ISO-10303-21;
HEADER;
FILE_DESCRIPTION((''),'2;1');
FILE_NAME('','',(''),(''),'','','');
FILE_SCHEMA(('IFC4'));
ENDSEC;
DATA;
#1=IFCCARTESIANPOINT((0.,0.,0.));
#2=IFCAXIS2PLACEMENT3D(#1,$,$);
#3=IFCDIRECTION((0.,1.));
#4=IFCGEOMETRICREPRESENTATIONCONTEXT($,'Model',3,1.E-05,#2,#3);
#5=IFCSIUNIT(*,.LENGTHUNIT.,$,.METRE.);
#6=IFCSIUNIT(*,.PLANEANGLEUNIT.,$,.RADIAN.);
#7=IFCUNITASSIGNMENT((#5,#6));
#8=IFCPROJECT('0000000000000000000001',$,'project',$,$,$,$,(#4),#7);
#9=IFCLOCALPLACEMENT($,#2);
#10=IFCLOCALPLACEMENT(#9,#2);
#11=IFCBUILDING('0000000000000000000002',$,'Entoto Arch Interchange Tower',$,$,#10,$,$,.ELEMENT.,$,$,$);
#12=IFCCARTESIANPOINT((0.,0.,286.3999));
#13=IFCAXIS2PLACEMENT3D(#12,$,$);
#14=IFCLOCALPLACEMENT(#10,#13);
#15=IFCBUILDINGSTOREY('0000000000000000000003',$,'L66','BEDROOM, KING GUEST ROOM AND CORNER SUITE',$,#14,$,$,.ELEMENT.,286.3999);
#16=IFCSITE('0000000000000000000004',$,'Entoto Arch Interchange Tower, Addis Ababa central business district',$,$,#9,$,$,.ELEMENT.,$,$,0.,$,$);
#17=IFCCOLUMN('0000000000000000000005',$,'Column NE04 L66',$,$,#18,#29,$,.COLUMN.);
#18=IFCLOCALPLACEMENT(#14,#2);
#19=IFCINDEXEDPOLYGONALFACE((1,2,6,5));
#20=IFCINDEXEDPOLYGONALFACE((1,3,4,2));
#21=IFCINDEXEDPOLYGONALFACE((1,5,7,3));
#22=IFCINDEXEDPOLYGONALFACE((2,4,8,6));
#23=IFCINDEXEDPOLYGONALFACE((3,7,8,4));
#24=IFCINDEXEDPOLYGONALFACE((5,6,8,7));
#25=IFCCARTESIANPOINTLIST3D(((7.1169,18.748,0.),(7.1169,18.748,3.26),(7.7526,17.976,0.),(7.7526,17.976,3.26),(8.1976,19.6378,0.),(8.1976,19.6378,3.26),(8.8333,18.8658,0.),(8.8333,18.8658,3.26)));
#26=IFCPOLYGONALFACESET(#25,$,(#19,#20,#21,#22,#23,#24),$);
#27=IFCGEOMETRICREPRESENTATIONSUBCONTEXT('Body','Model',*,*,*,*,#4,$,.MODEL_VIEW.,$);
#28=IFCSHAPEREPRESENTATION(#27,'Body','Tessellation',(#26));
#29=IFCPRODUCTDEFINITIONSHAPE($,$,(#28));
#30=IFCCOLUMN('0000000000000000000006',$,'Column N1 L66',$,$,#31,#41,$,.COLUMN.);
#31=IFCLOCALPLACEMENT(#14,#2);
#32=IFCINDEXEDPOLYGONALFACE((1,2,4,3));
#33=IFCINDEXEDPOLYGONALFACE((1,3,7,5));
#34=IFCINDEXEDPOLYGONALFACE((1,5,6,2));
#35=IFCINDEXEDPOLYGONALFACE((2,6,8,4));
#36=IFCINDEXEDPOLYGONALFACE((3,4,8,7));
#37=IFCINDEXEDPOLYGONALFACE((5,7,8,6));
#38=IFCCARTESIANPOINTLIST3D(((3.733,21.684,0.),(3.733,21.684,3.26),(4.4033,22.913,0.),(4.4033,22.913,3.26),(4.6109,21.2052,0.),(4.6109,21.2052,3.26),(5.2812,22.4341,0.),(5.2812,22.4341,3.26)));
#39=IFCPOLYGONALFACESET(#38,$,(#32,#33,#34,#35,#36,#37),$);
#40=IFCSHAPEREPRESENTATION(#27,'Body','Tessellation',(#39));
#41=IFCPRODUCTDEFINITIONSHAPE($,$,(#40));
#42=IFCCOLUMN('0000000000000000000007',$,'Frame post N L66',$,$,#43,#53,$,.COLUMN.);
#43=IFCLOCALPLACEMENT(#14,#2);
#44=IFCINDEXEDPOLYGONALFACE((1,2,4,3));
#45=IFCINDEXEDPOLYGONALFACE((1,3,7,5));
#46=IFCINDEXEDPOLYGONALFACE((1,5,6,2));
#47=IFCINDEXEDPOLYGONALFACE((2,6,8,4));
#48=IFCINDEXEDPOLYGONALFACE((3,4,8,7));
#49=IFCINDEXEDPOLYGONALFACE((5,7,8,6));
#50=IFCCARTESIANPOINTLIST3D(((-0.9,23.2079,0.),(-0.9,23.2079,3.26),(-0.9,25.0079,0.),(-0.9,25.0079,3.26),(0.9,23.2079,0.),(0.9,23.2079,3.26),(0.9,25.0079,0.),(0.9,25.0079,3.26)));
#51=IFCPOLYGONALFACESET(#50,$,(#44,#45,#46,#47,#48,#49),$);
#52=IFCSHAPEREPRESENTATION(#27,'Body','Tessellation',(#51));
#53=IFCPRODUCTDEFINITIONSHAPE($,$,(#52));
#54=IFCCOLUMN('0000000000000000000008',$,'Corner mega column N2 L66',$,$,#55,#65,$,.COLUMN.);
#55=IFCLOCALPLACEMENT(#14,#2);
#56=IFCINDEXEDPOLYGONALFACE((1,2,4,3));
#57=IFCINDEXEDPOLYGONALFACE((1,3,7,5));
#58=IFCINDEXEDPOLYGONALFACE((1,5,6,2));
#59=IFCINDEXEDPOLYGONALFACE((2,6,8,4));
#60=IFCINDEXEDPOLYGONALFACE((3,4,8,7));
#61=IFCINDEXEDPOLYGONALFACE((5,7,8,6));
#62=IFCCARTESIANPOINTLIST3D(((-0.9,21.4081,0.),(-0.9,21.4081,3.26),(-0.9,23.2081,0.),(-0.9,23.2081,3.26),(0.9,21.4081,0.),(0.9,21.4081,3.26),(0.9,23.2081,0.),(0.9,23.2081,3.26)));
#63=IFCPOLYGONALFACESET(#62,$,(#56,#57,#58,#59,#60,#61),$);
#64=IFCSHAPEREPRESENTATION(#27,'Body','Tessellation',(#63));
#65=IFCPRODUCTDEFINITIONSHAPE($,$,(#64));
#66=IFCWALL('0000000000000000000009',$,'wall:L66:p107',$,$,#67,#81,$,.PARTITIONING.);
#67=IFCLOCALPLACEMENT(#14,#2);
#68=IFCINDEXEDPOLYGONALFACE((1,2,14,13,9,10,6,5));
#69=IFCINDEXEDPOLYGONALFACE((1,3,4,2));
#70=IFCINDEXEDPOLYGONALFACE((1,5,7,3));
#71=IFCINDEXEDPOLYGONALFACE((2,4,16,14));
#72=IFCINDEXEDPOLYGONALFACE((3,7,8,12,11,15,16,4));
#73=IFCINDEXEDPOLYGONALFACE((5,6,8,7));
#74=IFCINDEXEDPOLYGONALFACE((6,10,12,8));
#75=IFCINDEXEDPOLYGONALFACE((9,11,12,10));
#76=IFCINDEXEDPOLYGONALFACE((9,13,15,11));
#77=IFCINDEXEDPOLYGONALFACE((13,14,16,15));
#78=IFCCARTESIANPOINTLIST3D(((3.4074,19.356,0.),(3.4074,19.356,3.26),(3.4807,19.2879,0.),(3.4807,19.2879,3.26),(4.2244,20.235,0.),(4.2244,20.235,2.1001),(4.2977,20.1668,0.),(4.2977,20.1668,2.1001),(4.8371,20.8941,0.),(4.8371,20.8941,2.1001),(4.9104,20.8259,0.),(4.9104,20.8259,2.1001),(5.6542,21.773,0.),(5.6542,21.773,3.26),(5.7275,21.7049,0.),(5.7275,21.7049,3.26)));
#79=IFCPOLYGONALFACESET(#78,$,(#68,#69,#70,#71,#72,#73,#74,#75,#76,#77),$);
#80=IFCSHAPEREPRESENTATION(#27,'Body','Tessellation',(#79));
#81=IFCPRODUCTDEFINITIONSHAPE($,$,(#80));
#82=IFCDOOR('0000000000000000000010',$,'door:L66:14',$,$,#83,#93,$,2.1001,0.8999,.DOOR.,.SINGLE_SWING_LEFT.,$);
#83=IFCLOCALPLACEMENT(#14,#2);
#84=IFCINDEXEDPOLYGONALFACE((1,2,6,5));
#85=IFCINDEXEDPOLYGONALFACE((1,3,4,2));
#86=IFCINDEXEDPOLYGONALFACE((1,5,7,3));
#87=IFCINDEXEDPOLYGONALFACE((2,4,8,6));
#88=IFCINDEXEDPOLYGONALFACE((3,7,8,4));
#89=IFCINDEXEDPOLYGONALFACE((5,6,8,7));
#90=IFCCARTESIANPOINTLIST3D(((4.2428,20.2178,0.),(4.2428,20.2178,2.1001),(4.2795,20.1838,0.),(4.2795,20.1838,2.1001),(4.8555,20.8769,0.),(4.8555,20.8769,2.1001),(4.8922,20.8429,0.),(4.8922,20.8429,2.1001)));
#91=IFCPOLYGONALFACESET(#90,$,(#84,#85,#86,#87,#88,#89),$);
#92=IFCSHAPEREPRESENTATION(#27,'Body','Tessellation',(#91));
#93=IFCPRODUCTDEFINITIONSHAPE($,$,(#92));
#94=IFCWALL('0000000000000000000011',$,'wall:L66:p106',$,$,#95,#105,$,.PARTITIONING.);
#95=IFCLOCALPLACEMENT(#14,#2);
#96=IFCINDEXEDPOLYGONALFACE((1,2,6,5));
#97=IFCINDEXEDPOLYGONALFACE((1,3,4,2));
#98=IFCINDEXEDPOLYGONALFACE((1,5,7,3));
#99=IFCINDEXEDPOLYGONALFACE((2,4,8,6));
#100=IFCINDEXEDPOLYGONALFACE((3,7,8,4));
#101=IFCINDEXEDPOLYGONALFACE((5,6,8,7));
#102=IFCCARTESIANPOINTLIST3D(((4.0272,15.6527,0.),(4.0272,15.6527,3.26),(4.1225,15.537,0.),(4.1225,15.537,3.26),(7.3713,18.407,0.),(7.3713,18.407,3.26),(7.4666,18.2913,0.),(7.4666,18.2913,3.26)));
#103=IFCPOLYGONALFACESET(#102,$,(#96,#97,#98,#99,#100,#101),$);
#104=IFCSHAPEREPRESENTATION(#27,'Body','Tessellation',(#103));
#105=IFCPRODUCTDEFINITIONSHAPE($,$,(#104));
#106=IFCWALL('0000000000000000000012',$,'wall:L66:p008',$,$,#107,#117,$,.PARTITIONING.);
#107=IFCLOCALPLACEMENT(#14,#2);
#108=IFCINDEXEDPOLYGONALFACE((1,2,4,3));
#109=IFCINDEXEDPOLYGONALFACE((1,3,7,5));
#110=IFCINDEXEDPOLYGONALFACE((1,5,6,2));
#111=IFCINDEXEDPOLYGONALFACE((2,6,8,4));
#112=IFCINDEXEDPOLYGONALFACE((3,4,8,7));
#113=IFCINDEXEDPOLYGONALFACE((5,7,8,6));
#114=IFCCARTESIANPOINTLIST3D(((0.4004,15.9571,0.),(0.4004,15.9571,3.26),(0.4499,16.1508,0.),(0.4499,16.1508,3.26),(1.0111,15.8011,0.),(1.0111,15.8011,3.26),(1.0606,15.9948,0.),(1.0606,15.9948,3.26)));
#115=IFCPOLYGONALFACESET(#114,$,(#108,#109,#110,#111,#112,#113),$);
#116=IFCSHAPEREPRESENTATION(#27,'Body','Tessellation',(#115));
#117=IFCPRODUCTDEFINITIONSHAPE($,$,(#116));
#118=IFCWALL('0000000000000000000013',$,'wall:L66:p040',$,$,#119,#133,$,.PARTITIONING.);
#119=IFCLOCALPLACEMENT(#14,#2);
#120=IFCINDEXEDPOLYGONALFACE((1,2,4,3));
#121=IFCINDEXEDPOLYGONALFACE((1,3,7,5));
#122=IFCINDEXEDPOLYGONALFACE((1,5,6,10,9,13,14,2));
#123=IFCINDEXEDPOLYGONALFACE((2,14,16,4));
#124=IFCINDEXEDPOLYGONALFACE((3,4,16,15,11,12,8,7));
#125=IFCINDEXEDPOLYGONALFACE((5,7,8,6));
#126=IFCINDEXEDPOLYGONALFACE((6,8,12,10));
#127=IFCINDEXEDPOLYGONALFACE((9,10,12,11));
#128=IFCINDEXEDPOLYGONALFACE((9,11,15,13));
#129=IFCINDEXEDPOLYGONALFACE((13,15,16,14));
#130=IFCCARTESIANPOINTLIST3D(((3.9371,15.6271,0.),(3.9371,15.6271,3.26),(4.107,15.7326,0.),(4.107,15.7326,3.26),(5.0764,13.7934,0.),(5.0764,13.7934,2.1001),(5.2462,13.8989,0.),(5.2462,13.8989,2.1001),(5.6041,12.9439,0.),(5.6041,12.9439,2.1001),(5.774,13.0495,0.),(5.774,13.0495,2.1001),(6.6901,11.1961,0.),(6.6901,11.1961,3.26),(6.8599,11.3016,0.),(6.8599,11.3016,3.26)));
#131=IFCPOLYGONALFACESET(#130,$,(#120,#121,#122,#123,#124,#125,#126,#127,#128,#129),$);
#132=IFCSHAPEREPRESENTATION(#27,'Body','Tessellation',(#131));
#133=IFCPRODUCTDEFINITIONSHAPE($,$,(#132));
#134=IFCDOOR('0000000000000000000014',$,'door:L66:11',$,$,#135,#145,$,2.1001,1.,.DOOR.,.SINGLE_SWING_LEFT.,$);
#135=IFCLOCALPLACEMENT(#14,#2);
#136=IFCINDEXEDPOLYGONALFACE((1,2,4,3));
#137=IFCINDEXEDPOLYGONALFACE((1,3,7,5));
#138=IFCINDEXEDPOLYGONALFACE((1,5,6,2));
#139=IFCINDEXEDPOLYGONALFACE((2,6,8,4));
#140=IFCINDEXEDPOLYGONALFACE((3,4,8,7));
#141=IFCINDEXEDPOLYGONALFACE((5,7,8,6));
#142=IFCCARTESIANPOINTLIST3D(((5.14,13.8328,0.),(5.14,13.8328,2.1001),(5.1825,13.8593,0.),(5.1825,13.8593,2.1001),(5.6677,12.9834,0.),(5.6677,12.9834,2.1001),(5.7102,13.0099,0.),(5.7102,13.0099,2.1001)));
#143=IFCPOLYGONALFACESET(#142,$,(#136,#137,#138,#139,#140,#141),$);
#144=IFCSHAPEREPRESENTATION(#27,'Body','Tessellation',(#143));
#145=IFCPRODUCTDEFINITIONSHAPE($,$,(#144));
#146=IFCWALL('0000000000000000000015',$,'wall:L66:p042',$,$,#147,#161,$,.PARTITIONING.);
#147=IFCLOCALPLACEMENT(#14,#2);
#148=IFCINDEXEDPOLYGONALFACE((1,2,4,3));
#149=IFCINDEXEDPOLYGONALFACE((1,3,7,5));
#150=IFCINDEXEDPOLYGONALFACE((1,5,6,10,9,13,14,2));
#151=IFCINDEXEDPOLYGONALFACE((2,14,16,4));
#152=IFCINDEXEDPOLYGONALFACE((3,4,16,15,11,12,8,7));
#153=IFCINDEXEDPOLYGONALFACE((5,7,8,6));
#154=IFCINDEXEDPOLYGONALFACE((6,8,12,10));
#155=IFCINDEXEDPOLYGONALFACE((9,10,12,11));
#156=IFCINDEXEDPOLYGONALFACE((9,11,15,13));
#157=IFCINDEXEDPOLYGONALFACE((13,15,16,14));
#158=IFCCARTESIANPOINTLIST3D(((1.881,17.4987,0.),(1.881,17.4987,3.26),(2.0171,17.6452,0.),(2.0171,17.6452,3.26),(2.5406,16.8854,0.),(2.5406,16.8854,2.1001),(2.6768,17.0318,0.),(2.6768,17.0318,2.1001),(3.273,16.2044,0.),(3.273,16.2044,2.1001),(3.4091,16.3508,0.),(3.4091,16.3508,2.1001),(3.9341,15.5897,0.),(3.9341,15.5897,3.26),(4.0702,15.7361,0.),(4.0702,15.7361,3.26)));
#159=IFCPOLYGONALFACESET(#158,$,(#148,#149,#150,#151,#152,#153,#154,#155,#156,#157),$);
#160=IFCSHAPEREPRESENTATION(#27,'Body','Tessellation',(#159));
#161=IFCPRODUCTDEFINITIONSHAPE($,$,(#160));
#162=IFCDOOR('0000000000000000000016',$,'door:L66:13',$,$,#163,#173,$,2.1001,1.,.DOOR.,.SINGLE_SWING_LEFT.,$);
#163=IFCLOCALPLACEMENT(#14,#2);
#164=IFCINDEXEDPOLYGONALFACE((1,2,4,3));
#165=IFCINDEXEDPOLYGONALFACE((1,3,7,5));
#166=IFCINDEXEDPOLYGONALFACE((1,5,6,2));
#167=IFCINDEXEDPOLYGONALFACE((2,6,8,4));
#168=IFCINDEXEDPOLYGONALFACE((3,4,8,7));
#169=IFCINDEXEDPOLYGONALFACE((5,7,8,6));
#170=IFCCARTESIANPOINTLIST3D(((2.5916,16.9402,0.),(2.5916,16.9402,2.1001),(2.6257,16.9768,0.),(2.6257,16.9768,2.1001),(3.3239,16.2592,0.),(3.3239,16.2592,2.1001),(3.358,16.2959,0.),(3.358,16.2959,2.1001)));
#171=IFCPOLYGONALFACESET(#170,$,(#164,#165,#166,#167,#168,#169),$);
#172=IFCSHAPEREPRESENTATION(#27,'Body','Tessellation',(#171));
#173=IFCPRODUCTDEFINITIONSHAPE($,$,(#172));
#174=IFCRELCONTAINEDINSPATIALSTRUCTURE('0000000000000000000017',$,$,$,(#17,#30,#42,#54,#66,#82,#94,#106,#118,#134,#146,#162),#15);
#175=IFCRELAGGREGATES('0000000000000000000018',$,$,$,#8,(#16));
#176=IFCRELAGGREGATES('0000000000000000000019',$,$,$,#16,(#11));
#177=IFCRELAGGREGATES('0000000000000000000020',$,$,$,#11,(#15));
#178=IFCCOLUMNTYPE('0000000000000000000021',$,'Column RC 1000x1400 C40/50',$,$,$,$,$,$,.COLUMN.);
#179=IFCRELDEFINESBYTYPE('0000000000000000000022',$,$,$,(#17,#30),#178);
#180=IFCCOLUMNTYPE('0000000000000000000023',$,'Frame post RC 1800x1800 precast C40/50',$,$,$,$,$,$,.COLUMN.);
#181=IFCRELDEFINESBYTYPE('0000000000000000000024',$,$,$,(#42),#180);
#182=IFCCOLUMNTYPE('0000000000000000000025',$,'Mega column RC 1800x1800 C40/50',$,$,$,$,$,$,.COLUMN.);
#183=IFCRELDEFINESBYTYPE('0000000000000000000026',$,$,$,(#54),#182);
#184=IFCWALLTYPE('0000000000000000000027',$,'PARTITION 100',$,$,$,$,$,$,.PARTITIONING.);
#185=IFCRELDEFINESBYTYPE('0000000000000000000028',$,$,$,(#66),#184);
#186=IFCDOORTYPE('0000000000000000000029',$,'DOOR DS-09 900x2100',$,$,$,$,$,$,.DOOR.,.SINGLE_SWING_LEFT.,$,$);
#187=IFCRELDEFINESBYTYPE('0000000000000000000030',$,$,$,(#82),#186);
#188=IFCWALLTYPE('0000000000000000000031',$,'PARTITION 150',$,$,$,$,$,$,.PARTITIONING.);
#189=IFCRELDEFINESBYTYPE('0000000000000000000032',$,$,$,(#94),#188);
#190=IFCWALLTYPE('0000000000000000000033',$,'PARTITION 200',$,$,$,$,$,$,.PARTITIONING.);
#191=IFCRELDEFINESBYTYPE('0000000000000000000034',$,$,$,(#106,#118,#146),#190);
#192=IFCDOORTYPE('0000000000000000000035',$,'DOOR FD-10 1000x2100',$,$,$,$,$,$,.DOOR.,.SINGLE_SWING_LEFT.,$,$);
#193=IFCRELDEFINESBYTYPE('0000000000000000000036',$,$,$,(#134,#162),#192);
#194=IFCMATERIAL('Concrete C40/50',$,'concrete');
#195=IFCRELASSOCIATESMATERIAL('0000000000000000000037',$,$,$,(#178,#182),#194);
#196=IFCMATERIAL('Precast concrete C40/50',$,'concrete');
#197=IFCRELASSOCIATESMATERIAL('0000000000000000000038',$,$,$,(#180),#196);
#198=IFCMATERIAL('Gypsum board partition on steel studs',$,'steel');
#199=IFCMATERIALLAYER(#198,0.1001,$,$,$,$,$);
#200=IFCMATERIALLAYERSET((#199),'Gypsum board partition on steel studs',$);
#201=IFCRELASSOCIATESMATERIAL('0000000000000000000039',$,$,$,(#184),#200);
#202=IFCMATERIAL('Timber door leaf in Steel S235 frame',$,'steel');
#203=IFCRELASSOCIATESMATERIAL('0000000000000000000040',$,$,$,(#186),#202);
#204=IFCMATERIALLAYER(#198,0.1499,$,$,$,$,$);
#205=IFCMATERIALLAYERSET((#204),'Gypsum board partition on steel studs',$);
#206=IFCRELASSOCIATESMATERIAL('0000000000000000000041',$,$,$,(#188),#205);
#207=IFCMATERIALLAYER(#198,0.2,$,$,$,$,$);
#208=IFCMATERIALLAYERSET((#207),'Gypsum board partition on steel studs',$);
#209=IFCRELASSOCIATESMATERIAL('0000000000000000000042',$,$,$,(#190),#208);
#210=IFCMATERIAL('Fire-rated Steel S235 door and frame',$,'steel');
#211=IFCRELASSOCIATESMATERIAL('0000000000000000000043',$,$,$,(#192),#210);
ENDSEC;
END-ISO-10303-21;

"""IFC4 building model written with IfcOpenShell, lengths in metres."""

from ifc_helpers import new_model, si_unit, direction, frame, frame_2d, origin, origin_2d, place, context, subcontext, project, spatial, rectangle, extrude, material, layer, layer_set, material_profile, profile_set, type_object, element, fill, save


model = new_model("IFC4")

# Units and contexts
model_context = context("Model", 3, precision=1e-05, world=origin(), true_north=direction((0.0, 1.0)))
body_context = subcontext(model_context, "Body", "Model", "MODEL_VIEW")
ifc_project = project(units=[si_unit("LENGTHUNIT", "METRE"), si_unit("PLANEANGLEUNIT", "RADIAN")], contexts=[model_context])

# Site, building, storey
site_placement = place(None, origin())
site = spatial("IfcSite", under=ifc_project, at=site_placement, Name="Entoto Arch Interchange Tower, Addis Ababa central business district", CompositionType="ELEMENT", RefElevation=0.0)
building_placement = place(site_placement, origin())
building = spatial("IfcBuilding", under=site, at=building_placement, Name="Entoto Arch Interchange Tower", CompositionType="ELEMENT")
storey_placement = place(building_placement, frame((0.0, 0.0, 286.3999)))
storey = spatial("IfcBuildingStorey", under=building, at=storey_placement, Name="L66", Description="BEDROOM, KING GUEST ROOM AND CORNER SUITE", CompositionType="ELEMENT", Elevation=286.3999)

# Columns
ifc_material_1 = material(Name="Concrete C40/50", Category="concrete")
ifc_material_profile_1 = material_profile(ifc_material_1, rectangle(XDim=1.0, YDim=1.3999, at=origin_2d()))
ifc_profile_set_1 = profile_set([ifc_material_profile_1], Name="Concrete C40/50")
column_type_1 = type_object("IfcColumnType", Name="Column RC 1000x1400 C40/50", PredefinedType="COLUMN", material=ifc_profile_set_1)
for number, where, z_axis, x_axis, name in (
    (1, (7.9751, 18.8069, 0.0), (0.0, 0.0, 1.0), (-0.635647, 0.77198, 0.0), "Column NE04 L66"),
    (2, (4.5071, 22.0591, 0.0), (0.0, 0.0, 1.0), (-0.877899, 0.478845, 0.0), "Column N1 L66"),
):
    element("IfcColumn", number, at=place(storey_placement, frame(where, z_axis=z_axis, x_axis=x_axis)), inside=storey, type_object=column_type_1, Name=name, PredefinedType="COLUMN", context=body_context, shape_type="SweptSolid", body=[
        extrude(rectangle(XDim=1.0, YDim=1.3999, at=origin_2d()), origin(), (0.0, 0.0, 1.0), 3.26),
    ])
ifc_material_2 = material(Name="Precast concrete C40/50", Category="concrete")
ifc_material_profile_2 = material_profile(ifc_material_2, rectangle(XDim=1.8, YDim=1.8, at=origin_2d()))
ifc_profile_set_2 = profile_set([ifc_material_profile_2], Name="Precast concrete C40/50")
column_type_2 = type_object("IfcColumnType", Name="Frame post RC 1800x1800 precast C40/50", PredefinedType="COLUMN", material=ifc_profile_set_2)
column_1_placement = place(storey_placement, frame((0.0, 24.1079, 0.0), z_axis=(0.0, 0.0, 1.0), x_axis=(0.0, 1.0, 0.0)))
element("IfcColumn", 3, at=column_1_placement, inside=storey, type_object=column_type_2, Name="Frame post N L66", PredefinedType="COLUMN", context=body_context, shape_type="SweptSolid", body=[
    extrude(rectangle(XDim=1.8, YDim=1.8, at=origin_2d()), origin(), (0.0, 0.0, 1.0), 3.26),
])
ifc_material_profile_3 = material_profile(ifc_material_1, rectangle(XDim=1.8, YDim=1.8, at=origin_2d()))
ifc_profile_set_3 = profile_set([ifc_material_profile_3], Name="Concrete C40/50")
column_type_3 = type_object("IfcColumnType", Name="Mega column RC 1800x1800 C40/50", PredefinedType="COLUMN", material=ifc_profile_set_3)
column_2_placement = place(storey_placement, frame((0.0, 22.3081, 0.0), z_axis=(0.0, 0.0, 1.0), x_axis=(0.0, 1.0, 0.0)))
element("IfcColumn", 4, at=column_2_placement, inside=storey, type_object=column_type_3, Name="Corner mega column N2 L66", PredefinedType="COLUMN", context=body_context, shape_type="SweptSolid", body=[
    extrude(rectangle(XDim=1.8, YDim=1.8, at=origin_2d()), origin(), (0.0, 0.0, 1.0), 3.26),
])

# Wall, opening, door
ifc_material_3 = material(Name="Gypsum board partition on steel studs", Category="steel")
ifc_layer_1 = layer(ifc_material_3, 0.1001)
ifc_layer_set_1 = layer_set([ifc_layer_1], Name="Gypsum board partition on steel studs")
wall_type_1 = type_object("IfcWallType", Name="PARTITION 100", PredefinedType="PARTITIONING", material=ifc_layer_set_1)
wall_1_placement = place(storey_placement, frame((3.4441, 19.322, 0.0), z_axis=(0.0, 0.0, 1.0), x_axis=(0.680854, 0.732419, 0.0)))
wall_1 = element("IfcWall", 5, at=wall_1_placement, inside=storey, type_object=wall_type_1, Name="wall:L66:p107", PredefinedType="PARTITIONING", context=body_context, shape_type="SweptSolid", body=[
    extrude(rectangle(XDim=3.3, YDim=0.1001, at=frame_2d((1.6499, 0.0))), origin(), (0.0, 0.0, 1.0), 3.26),
])
opening_1_placement = place(wall_1_placement, frame((1.2, 0.0, 0.0)))
opening_1 = element("IfcOpeningElement", 6, at=opening_1_placement, cuts=wall_1, PredefinedType="OPENING", context=body_context, shape_type="SweptSolid", body=[
    extrude(rectangle(XDim=0.8999, YDim=2.1001, at=frame_2d((0.45, 1.05))), frame((0.0, 0.0601, 0.0), z_axis=(0.0, -1.0, 0.0), x_axis=(1.0, 0.0, 0.0)), (0.0, 0.0, 1.0), 0.1201),
])
ifc_material_4 = material(Name="Timber door leaf in Steel S235 frame", Category="steel")
door_type_1 = type_object("IfcDoorType", Name="DOOR DS-09 900x2100", OperationType="SINGLE_SWING_LEFT", PredefinedType="DOOR", material=ifc_material_4)
door_1_placement = place(opening_1_placement, origin())
door_1 = element("IfcDoor", 7, at=door_1_placement, inside=storey, type_object=door_type_1, Name="door:L66:14", OperationType="SINGLE_SWING_LEFT", OverallHeight=2.1001, OverallWidth=0.8999, PredefinedType="DOOR", context=body_context, shape_type="SweptSolid", body=[
    extrude(rectangle(XDim=0.8999, YDim=2.1001, at=frame_2d((0.45, 1.05))), frame((0.0, 0.0249, 0.0), z_axis=(0.0, -1.0, 0.0), x_axis=(1.0, 0.0, 0.0)), (0.0, 0.0, 1.0), 0.05),
])
fill(opening_1, door_1)

# Walls
ifc_layer_2 = layer(ifc_material_3, 0.1499)
ifc_layer_set_2 = layer_set([ifc_layer_2], Name="Gypsum board partition on steel studs")
wall_type_2 = type_object("IfcWallType", Name="PARTITION 150", PredefinedType="PARTITIONING", material=ifc_layer_set_2)
wall_2_placement = place(storey_placement, frame((4.075, 15.595, 0.0), z_axis=(0.0, 0.0, 1.0), x_axis=(0.771899, 0.635745, 0.0)))
element("IfcWall", 8, at=wall_2_placement, inside=storey, type_object=wall_type_2, Name="wall:L66:p106", PredefinedType="PARTITIONING", context=body_context, shape_type="SweptSolid", body=[
    extrude(rectangle(XDim=4.3323, YDim=0.1499, at=frame_2d((2.166, 0.0))), origin(), (0.0, 0.0, 1.0), 3.26),
])
ifc_layer_3 = layer(ifc_material_3, 0.2)
ifc_layer_set_3 = layer_set([ifc_layer_3], Name="Gypsum board partition on steel studs")
wall_type_3 = type_object("IfcWallType", Name="PARTITION 200", PredefinedType="PARTITIONING", material=ifc_layer_set_3)
wall_3_placement = place(storey_placement, frame((1.0359, 15.8979, 0.0), z_axis=(0.0, 0.0, 1.0), x_axis=(-0.9689, 0.247453, 0.0)))
element("IfcWall", 9, at=wall_3_placement, inside=storey, type_object=wall_type_3, Name="wall:L66:p008", PredefinedType="PARTITIONING", context=body_context, shape_type="SweptSolid", body=[
    extrude(rectangle(XDim=0.6304, YDim=0.2, at=frame_2d((0.3152, 0.0))), origin(), (0.0, 0.0, 1.0), 3.26),
])

# Walls, openings, doors
wall_4_placement = place(storey_placement, frame((4.022, 15.6799, 0.0), z_axis=(0.0, 0.0, 1.0), x_axis=(0.527738, -0.849407, 0.0)))
wall_4 = element("IfcWall", 10, at=wall_4_placement, inside=storey, type_object=wall_type_3, Name="wall:L66:p040", PredefinedType="PARTITIONING", context=body_context, shape_type="SweptSolid", body=[
    extrude(rectangle(XDim=5.2166, YDim=0.2, at=frame_2d((2.6084, 0.0))), origin(), (0.0, 0.0, 1.0), 3.26),
])
opening_2_placement = place(wall_4_placement, frame((2.1589, 0.0, 0.0)))
opening_2 = element("IfcOpeningElement", 11, at=opening_2_placement, cuts=wall_4, PredefinedType="OPENING", context=body_context, shape_type="SweptSolid", body=[
    extrude(rectangle(XDim=1.0, YDim=2.1001, at=frame_2d((0.5, 1.05))), frame((0.0, 0.1099, 0.0), z_axis=(0.0, -1.0, 0.0), x_axis=(1.0, 0.0, 0.0)), (0.0, 0.0, 1.0), 0.22),
])
ifc_material_5 = material(Name="Fire-rated Steel S235 door and frame", Category="steel")
door_type_2 = type_object("IfcDoorType", Name="DOOR FD-10 1000x2100", OperationType="SINGLE_SWING_LEFT", PredefinedType="DOOR", material=ifc_material_5)
door_2_placement = place(opening_2_placement, origin())
door_2 = element("IfcDoor", 12, at=door_2_placement, inside=storey, type_object=door_type_2, Name="door:L66:11", OperationType="SINGLE_SWING_LEFT", OverallHeight=2.1001, OverallWidth=1.0, PredefinedType="DOOR", context=body_context, shape_type="SweptSolid", body=[
    extrude(rectangle(XDim=1.0, YDim=2.1001, at=frame_2d((0.5, 1.05))), frame((0.0, 0.0249, 0.0), z_axis=(0.0, -1.0, 0.0), x_axis=(1.0, 0.0, 0.0)), (0.0, 0.0, 1.0), 0.05),
])
fill(opening_2, door_2)
wall_5_placement = place(storey_placement, frame((1.949, 17.572, 0.0), z_axis=(0.0, 0.0, 1.0), x_axis=(0.732331, -0.680949, 0.0)))
wall_5 = element("IfcWall", 13, at=wall_5_placement, inside=storey, type_object=wall_type_3, Name="wall:L66:p042", PredefinedType="PARTITIONING", context=body_context, shape_type="SweptSolid", body=[
    extrude(rectangle(XDim=2.8035, YDim=0.2, at=frame_2d((1.4019, 0.0))), origin(), (0.0, 0.0, 1.0), 3.26),
])
opening_3_placement = place(wall_5_placement, frame((0.9009, 0.0, 0.0)))
opening_3 = element("IfcOpeningElement", 14, at=opening_3_placement, cuts=wall_5, PredefinedType="OPENING", context=body_context, shape_type="SweptSolid", body=[
    extrude(rectangle(XDim=1.0, YDim=2.1001, at=frame_2d((0.5, 1.05))), frame((0.0, 0.1099, 0.0), z_axis=(0.0, -1.0, 0.0), x_axis=(1.0, 0.0, 0.0)), (0.0, 0.0, 1.0), 0.22),
])
door_3_placement = place(opening_3_placement, origin())
door_3 = element("IfcDoor", 15, at=door_3_placement, inside=storey, type_object=door_type_2, Name="door:L66:13", OperationType="SINGLE_SWING_LEFT", OverallHeight=2.1001, OverallWidth=1.0, PredefinedType="DOOR", context=body_context, shape_type="SweptSolid", body=[
    extrude(rectangle(XDim=1.0, YDim=2.1001, at=frame_2d((0.5, 1.05))), frame((0.0, 0.0249, 0.0), z_axis=(0.0, -1.0, 0.0), x_axis=(1.0, 0.0, 0.0)), (0.0, 0.0, 1.0), 0.05),
])
fill(opening_3, door_3)

save(model, "model.ifc")
